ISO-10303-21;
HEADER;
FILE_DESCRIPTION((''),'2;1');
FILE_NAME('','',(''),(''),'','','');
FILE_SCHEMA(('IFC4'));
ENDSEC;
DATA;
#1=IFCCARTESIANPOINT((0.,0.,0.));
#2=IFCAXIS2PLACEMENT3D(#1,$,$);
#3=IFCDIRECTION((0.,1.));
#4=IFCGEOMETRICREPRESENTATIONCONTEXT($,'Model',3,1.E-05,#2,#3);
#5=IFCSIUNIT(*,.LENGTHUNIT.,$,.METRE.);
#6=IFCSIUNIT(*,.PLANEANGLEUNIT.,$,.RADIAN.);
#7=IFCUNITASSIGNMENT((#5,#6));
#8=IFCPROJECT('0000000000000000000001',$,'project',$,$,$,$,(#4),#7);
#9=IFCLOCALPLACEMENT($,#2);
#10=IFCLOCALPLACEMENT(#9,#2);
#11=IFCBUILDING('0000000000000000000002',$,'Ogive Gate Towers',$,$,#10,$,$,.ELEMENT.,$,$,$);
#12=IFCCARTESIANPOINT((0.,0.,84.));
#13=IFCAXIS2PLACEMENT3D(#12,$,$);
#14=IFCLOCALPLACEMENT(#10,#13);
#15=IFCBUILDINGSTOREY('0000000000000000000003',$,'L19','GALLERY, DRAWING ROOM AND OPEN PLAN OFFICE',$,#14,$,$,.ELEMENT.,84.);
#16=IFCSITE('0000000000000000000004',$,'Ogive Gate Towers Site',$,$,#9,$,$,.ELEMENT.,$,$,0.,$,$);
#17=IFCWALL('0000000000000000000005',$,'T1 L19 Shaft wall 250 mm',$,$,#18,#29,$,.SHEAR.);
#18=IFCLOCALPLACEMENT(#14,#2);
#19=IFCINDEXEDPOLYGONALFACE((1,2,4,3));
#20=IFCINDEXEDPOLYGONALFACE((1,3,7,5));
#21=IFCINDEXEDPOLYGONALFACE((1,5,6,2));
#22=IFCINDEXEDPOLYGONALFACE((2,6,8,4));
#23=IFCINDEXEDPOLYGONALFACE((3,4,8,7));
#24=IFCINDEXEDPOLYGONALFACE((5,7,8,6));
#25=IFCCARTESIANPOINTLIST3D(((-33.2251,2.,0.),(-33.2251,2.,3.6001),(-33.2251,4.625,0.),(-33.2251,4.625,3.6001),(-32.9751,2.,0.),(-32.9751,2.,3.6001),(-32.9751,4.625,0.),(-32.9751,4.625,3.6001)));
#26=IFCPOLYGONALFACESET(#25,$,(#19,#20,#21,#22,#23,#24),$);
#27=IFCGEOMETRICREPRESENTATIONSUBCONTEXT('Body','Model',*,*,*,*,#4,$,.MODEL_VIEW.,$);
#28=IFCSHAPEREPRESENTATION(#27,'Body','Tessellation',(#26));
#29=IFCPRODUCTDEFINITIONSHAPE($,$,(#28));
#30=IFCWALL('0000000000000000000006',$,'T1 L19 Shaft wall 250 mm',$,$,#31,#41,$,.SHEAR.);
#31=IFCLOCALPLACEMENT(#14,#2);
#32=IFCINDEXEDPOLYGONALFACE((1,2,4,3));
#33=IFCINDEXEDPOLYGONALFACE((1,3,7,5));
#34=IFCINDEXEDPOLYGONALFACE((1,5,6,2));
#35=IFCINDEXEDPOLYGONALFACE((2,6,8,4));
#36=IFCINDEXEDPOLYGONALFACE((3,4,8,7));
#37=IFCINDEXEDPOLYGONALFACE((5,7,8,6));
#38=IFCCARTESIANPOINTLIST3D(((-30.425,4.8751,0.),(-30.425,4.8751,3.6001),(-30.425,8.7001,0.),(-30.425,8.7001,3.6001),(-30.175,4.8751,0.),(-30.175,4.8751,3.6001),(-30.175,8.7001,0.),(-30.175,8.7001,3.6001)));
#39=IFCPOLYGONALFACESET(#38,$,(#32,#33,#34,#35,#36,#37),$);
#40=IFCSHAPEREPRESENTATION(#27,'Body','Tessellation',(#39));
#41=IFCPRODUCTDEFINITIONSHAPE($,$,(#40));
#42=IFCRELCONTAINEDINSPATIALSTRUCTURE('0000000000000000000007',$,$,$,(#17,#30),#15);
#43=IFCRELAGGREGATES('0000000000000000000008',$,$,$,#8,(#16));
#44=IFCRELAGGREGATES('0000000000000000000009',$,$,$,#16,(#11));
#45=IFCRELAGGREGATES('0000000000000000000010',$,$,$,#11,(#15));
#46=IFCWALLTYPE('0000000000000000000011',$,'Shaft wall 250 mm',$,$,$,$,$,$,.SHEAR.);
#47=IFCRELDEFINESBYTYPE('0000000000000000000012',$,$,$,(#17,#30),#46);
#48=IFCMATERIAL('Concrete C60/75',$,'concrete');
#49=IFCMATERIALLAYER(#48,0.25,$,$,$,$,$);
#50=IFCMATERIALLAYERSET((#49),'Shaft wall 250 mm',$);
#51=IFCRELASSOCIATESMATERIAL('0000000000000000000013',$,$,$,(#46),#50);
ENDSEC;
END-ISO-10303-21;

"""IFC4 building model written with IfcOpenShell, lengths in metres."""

from ifc_helpers import new_model, si_unit, direction, frame, frame_2d, origin, place, context, subcontext, project, spatial, rectangle, extrude, material, layer, layer_set, type_object, element, save


model = new_model("IFC4")

# Units and contexts
model_context = context("Model", 3, precision=1e-05, world=origin(), true_north=direction((0.0, 1.0)))
body_context = subcontext(model_context, "Body", "Model", "MODEL_VIEW")
ifc_project = project(units=[si_unit("LENGTHUNIT", "METRE"), si_unit("PLANEANGLEUNIT", "RADIAN")], contexts=[model_context])

# Site, building, storey
site_placement = place(None, origin())
site = spatial("IfcSite", under=ifc_project, at=site_placement, Name="Ogive Gate Towers Site", CompositionType="ELEMENT", RefElevation=0.0)
building_placement = place(site_placement, origin())
building = spatial("IfcBuilding", under=site, at=building_placement, Name="Ogive Gate Towers", CompositionType="ELEMENT")
storey_placement = place(building_placement, frame((0.0, 0.0, 84.0)))
storey = spatial("IfcBuildingStorey", under=building, at=storey_placement, Name="L19", Description="GALLERY, DRAWING ROOM AND OPEN PLAN OFFICE", CompositionType="ELEMENT", Elevation=84.0)

# Shared definitions
ifc_material_1 = material(Name="Concrete C60/75", Category="concrete")
ifc_layer_1 = layer(ifc_material_1, 0.25)
ifc_layer_set_1 = layer_set([ifc_layer_1], Name="Shaft wall 250 mm")
wall_type_1 = type_object("IfcWallType", Name="Shaft wall 250 mm", PredefinedType="SHEAR", material=ifc_layer_set_1)

# Walls
wall_1_placement = place(storey_placement, frame((-33.1001, 2.0, 0.0), z_axis=(0.0, 0.0, 1.0), x_axis=(0.0, 1.0, 0.0)))
element("IfcWall", 1, at=wall_1_placement, inside=storey, type_object=wall_type_1, Name="T1 L19 Shaft wall 250 mm", PredefinedType="SHEAR", context=body_context, shape_type="SweptSolid", body=[
    extrude(rectangle(XDim=2.625, YDim=0.25, at=frame_2d((1.3125, 0.0))), origin(), (0.0, 0.0, 1.0), 3.6001),
])
wall_2_placement = place(storey_placement, frame((-30.3, 4.875, 0.0), z_axis=(0.0, 0.0, 1.0), x_axis=(0.0, 1.0, 0.0)))
element("IfcWall", 2, at=wall_2_placement, inside=storey, type_object=wall_type_1, Name="T1 L19 Shaft wall 250 mm", PredefinedType="SHEAR", context=body_context, shape_type="SweptSolid", body=[
    extrude(rectangle(XDim=3.825, YDim=0.25, at=frame_2d((1.9126, 0.0))), origin(), (0.0, 0.0, 1.0), 3.6001),
])

save(model, "model.ifc")
